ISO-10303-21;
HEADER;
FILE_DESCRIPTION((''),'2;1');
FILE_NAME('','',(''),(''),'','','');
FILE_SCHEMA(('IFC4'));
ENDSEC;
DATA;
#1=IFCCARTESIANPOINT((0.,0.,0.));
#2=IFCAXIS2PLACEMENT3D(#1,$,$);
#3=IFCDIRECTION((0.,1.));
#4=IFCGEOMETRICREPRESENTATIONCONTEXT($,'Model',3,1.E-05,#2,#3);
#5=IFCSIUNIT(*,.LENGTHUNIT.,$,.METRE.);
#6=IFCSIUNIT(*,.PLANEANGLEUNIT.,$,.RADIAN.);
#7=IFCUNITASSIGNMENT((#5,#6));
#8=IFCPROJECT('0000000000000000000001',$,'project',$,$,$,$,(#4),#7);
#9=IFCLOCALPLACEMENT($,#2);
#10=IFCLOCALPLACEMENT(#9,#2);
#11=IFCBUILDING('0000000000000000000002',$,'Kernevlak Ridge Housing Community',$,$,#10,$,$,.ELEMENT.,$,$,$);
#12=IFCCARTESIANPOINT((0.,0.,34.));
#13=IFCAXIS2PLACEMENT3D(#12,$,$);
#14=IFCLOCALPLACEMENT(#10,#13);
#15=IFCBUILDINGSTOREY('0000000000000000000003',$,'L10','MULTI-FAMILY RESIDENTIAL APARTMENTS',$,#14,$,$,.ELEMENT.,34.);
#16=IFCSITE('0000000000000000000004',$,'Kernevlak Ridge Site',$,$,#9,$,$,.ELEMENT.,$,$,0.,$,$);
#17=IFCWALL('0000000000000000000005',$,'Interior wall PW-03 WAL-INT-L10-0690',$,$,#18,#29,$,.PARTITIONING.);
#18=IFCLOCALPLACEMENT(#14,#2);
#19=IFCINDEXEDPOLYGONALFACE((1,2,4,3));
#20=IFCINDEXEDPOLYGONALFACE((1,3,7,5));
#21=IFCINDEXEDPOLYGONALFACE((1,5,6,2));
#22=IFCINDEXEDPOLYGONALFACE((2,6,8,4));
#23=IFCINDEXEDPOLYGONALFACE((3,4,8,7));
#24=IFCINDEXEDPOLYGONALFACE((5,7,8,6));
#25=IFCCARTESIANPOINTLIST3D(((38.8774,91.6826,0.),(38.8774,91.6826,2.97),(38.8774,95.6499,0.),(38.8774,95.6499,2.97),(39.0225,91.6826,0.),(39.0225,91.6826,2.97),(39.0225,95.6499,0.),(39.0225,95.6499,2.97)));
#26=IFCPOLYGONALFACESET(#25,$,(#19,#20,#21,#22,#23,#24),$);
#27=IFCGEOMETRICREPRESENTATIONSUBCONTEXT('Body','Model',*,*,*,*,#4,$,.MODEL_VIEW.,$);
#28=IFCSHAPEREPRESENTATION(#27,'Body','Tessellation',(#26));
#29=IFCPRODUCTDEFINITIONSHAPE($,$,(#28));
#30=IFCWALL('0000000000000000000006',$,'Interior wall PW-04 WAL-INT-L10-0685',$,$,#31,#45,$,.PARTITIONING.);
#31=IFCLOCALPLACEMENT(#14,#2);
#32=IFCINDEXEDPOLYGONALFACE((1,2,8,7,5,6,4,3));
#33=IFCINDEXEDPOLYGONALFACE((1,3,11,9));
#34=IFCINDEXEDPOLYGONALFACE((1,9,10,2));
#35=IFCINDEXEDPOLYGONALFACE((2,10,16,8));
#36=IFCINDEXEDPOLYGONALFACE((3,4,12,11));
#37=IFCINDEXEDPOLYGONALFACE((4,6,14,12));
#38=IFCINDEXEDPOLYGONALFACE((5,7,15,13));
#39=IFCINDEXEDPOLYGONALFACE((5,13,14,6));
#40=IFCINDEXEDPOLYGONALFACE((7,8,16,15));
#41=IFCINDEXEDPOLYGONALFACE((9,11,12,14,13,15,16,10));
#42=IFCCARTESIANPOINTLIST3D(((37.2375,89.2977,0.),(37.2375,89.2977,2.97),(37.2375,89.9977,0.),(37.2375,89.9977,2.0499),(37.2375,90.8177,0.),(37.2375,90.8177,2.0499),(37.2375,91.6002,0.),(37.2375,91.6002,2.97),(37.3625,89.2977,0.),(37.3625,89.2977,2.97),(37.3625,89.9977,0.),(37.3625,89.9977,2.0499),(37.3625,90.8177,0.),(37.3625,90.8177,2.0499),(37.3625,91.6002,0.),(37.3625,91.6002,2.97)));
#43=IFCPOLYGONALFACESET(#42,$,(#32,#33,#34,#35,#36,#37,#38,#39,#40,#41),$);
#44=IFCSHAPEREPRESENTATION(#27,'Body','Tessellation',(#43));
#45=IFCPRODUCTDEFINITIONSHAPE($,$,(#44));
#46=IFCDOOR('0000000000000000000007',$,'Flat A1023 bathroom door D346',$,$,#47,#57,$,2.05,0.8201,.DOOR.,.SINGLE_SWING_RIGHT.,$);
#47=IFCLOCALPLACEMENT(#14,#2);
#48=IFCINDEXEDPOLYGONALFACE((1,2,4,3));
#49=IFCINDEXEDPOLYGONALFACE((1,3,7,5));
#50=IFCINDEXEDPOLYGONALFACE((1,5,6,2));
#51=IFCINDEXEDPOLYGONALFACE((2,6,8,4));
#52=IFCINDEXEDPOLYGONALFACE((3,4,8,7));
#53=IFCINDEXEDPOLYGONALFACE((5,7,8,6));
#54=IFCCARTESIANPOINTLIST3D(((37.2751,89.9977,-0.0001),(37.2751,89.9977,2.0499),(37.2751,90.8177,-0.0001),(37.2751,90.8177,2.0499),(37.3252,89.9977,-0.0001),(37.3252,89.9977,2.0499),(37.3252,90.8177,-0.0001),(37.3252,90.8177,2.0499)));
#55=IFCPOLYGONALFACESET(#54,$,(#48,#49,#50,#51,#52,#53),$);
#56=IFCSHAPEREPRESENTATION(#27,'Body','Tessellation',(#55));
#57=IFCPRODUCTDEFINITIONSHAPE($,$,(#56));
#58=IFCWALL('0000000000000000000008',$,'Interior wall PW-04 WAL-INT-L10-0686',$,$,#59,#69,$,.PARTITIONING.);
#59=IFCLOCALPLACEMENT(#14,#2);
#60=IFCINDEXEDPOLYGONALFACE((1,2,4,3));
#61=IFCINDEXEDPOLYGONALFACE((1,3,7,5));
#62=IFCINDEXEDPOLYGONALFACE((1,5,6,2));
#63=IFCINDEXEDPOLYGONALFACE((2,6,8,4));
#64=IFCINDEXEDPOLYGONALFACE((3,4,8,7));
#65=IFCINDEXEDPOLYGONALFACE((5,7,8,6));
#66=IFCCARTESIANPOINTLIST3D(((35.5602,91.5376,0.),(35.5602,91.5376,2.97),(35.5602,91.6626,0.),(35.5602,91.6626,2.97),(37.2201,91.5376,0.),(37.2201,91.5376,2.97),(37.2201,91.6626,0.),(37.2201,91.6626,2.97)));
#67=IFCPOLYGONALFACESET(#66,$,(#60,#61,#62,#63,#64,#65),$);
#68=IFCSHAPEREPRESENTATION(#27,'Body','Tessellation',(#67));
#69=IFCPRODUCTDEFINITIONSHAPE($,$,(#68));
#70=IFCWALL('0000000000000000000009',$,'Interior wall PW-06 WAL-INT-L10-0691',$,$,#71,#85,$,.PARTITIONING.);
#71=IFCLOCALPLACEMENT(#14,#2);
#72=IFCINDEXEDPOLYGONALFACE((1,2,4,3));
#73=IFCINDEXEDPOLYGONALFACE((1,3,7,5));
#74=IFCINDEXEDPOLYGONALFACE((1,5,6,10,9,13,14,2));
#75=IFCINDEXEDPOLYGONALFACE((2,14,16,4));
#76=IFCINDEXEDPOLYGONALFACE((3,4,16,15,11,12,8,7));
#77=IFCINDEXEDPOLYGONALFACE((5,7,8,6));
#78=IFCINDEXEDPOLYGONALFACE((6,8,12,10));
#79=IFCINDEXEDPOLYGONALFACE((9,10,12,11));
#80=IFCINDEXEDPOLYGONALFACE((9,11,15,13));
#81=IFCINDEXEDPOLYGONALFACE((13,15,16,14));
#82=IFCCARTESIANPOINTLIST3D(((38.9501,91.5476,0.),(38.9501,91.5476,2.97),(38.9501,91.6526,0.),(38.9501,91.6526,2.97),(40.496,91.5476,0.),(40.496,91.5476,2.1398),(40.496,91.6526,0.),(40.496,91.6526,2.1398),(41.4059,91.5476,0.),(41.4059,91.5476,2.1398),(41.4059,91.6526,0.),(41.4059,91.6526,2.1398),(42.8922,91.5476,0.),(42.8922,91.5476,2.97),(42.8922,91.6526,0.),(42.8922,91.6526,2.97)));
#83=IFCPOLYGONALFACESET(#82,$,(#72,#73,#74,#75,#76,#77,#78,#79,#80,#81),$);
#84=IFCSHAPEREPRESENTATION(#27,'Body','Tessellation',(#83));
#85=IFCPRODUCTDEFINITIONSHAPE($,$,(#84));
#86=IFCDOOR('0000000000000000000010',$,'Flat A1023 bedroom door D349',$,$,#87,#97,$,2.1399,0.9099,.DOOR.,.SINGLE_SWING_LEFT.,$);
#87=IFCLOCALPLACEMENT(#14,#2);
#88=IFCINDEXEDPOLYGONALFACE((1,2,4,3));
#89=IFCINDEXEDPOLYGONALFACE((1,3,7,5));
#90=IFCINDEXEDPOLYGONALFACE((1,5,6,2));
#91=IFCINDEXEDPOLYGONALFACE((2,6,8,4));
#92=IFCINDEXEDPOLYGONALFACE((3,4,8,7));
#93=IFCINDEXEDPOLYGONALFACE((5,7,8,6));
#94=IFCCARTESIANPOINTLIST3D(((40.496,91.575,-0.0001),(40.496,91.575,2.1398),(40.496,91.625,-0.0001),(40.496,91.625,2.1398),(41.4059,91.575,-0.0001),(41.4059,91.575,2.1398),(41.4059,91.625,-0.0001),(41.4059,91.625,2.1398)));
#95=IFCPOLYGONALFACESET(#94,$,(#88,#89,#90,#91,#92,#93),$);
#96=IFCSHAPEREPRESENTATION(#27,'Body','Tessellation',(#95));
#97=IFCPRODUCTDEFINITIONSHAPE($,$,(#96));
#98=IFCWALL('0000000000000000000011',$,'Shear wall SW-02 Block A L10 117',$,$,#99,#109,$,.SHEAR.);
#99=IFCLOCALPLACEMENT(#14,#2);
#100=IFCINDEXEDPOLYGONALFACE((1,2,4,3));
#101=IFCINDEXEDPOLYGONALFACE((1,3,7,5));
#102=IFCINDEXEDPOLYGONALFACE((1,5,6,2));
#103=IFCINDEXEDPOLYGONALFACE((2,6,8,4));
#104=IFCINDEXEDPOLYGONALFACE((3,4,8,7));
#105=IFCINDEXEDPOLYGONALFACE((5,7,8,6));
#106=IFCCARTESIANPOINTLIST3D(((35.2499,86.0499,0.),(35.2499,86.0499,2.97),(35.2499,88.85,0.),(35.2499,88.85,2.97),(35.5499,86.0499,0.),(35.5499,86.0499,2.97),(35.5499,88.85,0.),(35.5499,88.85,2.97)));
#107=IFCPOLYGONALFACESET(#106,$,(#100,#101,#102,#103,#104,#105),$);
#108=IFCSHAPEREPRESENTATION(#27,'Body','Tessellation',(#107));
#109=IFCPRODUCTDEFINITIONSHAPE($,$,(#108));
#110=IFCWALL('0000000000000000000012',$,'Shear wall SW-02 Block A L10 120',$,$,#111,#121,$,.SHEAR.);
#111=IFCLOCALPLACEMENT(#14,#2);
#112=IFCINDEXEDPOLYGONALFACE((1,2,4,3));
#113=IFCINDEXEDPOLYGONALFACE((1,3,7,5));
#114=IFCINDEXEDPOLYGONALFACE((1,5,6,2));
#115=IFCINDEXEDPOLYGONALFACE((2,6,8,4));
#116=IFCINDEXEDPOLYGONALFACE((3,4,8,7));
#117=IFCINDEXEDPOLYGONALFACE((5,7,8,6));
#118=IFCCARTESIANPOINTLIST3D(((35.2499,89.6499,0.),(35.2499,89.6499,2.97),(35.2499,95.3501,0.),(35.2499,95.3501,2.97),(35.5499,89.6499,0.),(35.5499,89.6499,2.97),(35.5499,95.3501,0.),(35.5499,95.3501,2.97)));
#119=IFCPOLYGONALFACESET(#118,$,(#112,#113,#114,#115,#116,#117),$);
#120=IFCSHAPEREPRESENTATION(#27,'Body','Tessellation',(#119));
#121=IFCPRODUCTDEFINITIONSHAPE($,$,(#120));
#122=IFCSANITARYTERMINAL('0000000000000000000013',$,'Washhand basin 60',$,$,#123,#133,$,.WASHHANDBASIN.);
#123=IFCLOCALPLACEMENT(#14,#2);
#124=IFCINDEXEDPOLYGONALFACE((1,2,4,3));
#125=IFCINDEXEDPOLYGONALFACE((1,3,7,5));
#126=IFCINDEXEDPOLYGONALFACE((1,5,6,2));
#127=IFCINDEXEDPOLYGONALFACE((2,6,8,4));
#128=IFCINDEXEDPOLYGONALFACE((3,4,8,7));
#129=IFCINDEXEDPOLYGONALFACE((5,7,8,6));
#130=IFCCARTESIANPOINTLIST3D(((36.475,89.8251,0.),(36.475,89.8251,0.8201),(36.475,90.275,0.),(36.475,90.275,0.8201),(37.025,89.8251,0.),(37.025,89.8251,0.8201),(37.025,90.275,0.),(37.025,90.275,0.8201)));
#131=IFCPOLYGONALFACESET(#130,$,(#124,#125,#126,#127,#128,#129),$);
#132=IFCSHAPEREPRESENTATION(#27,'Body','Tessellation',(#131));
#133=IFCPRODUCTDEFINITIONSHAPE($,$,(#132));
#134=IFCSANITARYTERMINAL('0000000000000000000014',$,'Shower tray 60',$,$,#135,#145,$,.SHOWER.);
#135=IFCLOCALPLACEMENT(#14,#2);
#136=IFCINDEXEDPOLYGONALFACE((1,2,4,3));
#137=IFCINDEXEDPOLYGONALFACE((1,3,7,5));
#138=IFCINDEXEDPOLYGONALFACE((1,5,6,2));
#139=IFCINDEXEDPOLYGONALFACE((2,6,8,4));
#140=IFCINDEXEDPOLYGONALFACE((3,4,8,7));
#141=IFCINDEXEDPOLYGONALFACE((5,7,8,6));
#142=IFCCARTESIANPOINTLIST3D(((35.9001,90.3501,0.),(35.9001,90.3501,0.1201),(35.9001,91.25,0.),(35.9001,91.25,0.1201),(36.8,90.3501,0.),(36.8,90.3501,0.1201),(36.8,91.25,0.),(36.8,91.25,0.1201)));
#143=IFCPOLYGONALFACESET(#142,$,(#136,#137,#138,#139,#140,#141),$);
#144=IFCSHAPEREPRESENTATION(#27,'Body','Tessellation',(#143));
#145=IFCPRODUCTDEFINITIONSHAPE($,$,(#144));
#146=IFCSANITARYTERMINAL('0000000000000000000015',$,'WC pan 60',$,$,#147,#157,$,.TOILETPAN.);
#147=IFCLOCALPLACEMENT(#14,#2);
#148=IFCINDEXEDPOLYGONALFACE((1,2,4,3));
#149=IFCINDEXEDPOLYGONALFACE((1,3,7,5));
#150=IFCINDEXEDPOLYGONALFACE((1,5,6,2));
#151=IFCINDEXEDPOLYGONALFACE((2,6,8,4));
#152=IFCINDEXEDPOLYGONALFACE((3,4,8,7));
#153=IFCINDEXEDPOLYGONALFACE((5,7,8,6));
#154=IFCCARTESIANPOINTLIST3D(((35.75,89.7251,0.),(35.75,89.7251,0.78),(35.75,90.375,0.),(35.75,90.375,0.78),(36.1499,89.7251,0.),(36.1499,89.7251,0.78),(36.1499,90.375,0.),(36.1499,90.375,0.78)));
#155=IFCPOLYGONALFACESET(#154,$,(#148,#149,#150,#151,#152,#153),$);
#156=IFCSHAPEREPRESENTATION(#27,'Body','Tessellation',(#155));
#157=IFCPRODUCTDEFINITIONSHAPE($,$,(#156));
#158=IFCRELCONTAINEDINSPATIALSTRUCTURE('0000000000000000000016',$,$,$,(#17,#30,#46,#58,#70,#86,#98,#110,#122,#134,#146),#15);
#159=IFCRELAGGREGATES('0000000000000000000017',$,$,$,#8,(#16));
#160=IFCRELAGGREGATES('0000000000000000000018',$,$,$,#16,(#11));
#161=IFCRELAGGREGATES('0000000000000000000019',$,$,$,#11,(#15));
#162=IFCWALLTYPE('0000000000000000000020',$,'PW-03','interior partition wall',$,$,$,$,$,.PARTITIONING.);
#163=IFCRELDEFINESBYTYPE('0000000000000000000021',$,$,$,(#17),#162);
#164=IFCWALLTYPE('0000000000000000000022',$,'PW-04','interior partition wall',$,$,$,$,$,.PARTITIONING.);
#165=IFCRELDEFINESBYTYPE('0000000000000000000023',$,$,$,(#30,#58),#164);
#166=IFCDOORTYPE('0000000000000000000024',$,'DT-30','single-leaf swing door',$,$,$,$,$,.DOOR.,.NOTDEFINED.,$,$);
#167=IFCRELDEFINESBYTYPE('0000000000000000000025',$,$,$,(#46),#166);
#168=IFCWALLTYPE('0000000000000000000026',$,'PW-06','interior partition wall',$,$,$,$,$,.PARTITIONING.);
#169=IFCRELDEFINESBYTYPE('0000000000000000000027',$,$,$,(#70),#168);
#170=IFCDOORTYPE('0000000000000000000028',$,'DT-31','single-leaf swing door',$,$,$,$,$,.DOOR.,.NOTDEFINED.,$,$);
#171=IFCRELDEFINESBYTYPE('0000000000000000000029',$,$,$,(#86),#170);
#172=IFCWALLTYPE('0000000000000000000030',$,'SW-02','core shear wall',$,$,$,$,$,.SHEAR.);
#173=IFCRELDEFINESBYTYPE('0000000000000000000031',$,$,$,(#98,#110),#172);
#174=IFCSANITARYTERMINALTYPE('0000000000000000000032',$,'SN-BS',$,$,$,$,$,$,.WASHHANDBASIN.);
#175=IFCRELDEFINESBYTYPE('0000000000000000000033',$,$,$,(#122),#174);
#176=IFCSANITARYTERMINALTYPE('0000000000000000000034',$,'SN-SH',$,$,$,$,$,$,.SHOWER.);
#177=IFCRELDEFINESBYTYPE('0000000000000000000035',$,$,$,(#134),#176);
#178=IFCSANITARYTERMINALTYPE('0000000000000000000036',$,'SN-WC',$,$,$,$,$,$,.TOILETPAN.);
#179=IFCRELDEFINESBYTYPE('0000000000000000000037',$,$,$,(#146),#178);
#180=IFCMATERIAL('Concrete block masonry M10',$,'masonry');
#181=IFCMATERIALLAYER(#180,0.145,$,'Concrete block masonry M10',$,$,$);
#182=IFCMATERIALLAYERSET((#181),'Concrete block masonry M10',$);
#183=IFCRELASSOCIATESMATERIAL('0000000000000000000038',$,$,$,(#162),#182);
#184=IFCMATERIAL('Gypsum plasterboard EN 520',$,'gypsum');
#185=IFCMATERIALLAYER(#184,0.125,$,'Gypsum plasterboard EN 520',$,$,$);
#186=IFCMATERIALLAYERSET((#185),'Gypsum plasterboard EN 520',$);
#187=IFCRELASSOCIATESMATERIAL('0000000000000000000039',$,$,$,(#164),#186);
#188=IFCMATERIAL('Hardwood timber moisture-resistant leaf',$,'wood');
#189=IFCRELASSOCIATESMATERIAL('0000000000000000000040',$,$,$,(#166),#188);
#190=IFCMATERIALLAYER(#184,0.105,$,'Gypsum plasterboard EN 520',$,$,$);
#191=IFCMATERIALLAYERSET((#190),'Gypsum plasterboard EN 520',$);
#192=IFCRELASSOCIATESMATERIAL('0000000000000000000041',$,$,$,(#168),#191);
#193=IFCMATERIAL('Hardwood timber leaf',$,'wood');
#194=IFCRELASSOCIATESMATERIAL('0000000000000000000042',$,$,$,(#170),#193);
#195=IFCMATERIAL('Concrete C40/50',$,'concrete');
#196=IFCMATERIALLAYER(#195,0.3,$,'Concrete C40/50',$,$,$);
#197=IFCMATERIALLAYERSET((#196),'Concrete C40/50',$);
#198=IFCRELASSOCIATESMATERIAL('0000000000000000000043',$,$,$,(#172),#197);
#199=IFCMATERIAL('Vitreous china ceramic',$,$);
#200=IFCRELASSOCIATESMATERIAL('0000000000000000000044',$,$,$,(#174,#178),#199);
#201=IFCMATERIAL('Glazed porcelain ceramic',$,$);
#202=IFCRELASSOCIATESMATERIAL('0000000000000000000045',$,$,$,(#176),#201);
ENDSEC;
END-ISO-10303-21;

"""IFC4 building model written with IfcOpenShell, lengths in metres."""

from ifc_helpers import new_model, si_unit, direction, frame, frame_2d, origin, origin_2d, place, context, subcontext, project, spatial, rectangle, extrude, material, layer, layer_set, type_object, element, fill, save


model = new_model("IFC4")

# Units and contexts
model_context = context("Model", 3, precision=1e-05, world=origin(), true_north=direction((0.0, 1.0)))
body_context = subcontext(model_context, "Body", "Model", "MODEL_VIEW")
ifc_project = project(units=[si_unit("LENGTHUNIT", "METRE"), si_unit("PLANEANGLEUNIT", "RADIAN")], contexts=[model_context])

# Site, building, storey
site_placement = place(None, origin())
site = spatial("IfcSite", under=ifc_project, at=site_placement, Name="Kernevlak Ridge Site", CompositionType="ELEMENT", RefElevation=0.0)
building_placement = place(site_placement, origin())
building = spatial("IfcBuilding", under=site, at=building_placement, Name="Kernevlak Ridge Housing Community", CompositionType="ELEMENT")
storey_placement = place(building_placement, frame((0.0, 0.0, 34.0)))
storey = spatial("IfcBuildingStorey", under=building, at=storey_placement, Name="L10", Description="MULTI-FAMILY RESIDENTIAL APARTMENTS", CompositionType="ELEMENT", Elevation=34.0)

# Shared definitions
ifc_material_1 = material(Name="Concrete block masonry M10", Category="masonry")

# Shared definitions
ifc_layer_1 = layer(ifc_material_1, 0.145, Name="Concrete block masonry M10")
ifc_layer_set_1 = layer_set([ifc_layer_1], Name="Concrete block masonry M10")
wall_type_1 = type_object("IfcWallType", Name="PW-03", Description="interior partition wall", PredefinedType="PARTITIONING", material=ifc_layer_set_1)

# Shared definitions
ifc_material_2 = material(Name="Hardwood timber leaf", Category="wood")

# Wall
wall_1_placement = place(storey_placement, frame((38.95, 91.6826, 0.0), z_axis=(0.0, 0.0, 1.0), x_axis=(0.0, 1.0, 0.0)))
element("IfcWall", 1, at=wall_1_placement, inside=storey, type_object=wall_type_1, Name="Interior wall PW-03 WAL-INT-L10-0690", PredefinedType="PARTITIONING", context=body_context, shape_type="SweptSolid", body=[
    extrude(rectangle(XDim=3.9673, YDim=0.145, at=frame_2d((1.9836, 0.0))), origin(), (0.0, 0.0, 1.0), 2.97),
])

# Wall, opening, door
ifc_material_3 = material(Name="Gypsum plasterboard EN 520", Category="gypsum")
ifc_layer_2 = layer(ifc_material_3, 0.125, Name="Gypsum plasterboard EN 520")
ifc_layer_set_2 = layer_set([ifc_layer_2], Name="Gypsum plasterboard EN 520")
wall_type_2 = type_object("IfcWallType", Name="PW-04", Description="interior partition wall", PredefinedType="PARTITIONING", material=ifc_layer_set_2)
wall_2_placement = place(storey_placement, frame((37.3, 89.2976, 0.0), z_axis=(0.0, 0.0, 1.0), x_axis=(0.0, 1.0, 0.0)))
wall_2 = element("IfcWall", 2, at=wall_2_placement, inside=storey, type_object=wall_type_2, Name="Interior wall PW-04 WAL-INT-L10-0685", PredefinedType="PARTITIONING", context=body_context, shape_type="SweptSolid", body=[
    extrude(rectangle(XDim=2.3025, YDim=0.125, at=frame_2d((1.1514, 0.0))), origin(), (0.0, 0.0, 1.0), 2.97),
])
opening_1_placement = place(wall_2_placement, frame((0.7, 0.0, 0.0)))
opening_1 = element("IfcOpeningElement", 3, at=opening_1_placement, cuts=wall_2, PredefinedType="OPENING", context=body_context, shape_type="SweptSolid", body=[
    extrude(rectangle(XDim=0.8201, YDim=2.05, at=frame_2d((0.4102, 1.0249))), frame((0.0, 0.0725, 0.0), z_axis=(0.0, -1.0, 0.0), x_axis=(1.0, 0.0, 0.0)), (0.0, 0.0, 1.0), 0.145),
])
ifc_material_4 = material(Name="Hardwood timber moisture-resistant leaf", Category="wood")
door_type_1 = type_object("IfcDoorType", Name="DT-30", Description="single-leaf swing door", OperationType="NOTDEFINED", PredefinedType="DOOR", material=ifc_material_4)
door_1_placement = place(opening_1_placement, origin())
door_1 = element("IfcDoor", 4, at=door_1_placement, inside=storey, type_object=door_type_1, Name="Flat A1023 bathroom door D346", OperationType="SINGLE_SWING_RIGHT", OverallHeight=2.05, OverallWidth=0.8201, PredefinedType="DOOR", context=body_context, shape_type="SweptSolid", body=[
    extrude(rectangle(XDim=0.8201, YDim=2.05, at=frame_2d((0.4102, 1.0249))), frame((0.0, 0.0249, 0.0), z_axis=(0.0, -1.0, 0.0), x_axis=(1.0, 0.0, 0.0)), (0.0, 0.0, 1.0), 0.05),
])
fill(opening_1, door_1)

# Wall
wall_3_placement = place(storey_placement, frame((35.5601, 91.6001, 0.0), z_axis=(0.0, 0.0, 1.0), x_axis=(1.0, 0.0, 0.0)))
element("IfcWall", 5, at=wall_3_placement, inside=storey, type_object=wall_type_2, Name="Interior wall PW-04 WAL-INT-L10-0686", PredefinedType="PARTITIONING", context=body_context, shape_type="SweptSolid", body=[
    extrude(rectangle(XDim=1.6599, YDim=0.125, at=frame_2d((0.8301, 0.0))), origin(), (0.0, 0.0, 1.0), 2.97),
])

# Wall, opening, door
ifc_layer_3 = layer(ifc_material_3, 0.105, Name="Gypsum plasterboard EN 520")
ifc_layer_set_3 = layer_set([ifc_layer_3], Name="Gypsum plasterboard EN 520")
wall_type_3 = type_object("IfcWallType", Name="PW-06", Description="interior partition wall", PredefinedType="PARTITIONING", material=ifc_layer_set_3)
wall_4_placement = place(storey_placement, frame((38.95, 91.6001, 0.0), z_axis=(0.0, 0.0, 1.0), x_axis=(1.0, 0.0, 0.0)))
wall_4 = element("IfcWall", 6, at=wall_4_placement, inside=storey, type_object=wall_type_3, Name="Interior wall PW-06 WAL-INT-L10-0691", PredefinedType="PARTITIONING", context=body_context, shape_type="SweptSolid", body=[
    extrude(rectangle(XDim=3.9421, YDim=0.105, at=frame_2d((1.9712, 0.0))), origin(), (0.0, 0.0, 1.0), 2.97),
])
opening_2_placement = place(wall_4_placement, frame((1.5459, 0.0, 0.0)))
opening_2 = element("IfcOpeningElement", 7, at=opening_2_placement, cuts=wall_4, PredefinedType="OPENING", context=body_context, shape_type="SweptSolid", body=[
    extrude(rectangle(XDim=0.9099, YDim=2.1399, at=frame_2d((0.4551, 1.0698))), frame((0.0, 0.0625, 0.0), z_axis=(0.0, -1.0, 0.0), x_axis=(1.0, 0.0, 0.0)), (0.0, 0.0, 1.0), 0.125),
])
door_type_2 = type_object("IfcDoorType", Name="DT-31", Description="single-leaf swing door", OperationType="NOTDEFINED", PredefinedType="DOOR", material=ifc_material_2)
door_2_placement = place(opening_2_placement, origin())
door_2 = element("IfcDoor", 8, at=door_2_placement, inside=storey, type_object=door_type_2, Name="Flat A1023 bedroom door D349", OperationType="SINGLE_SWING_LEFT", OverallHeight=2.1399, OverallWidth=0.9099, PredefinedType="DOOR", context=body_context, shape_type="SweptSolid", body=[
    extrude(rectangle(XDim=0.9099, YDim=2.1399, at=frame_2d((0.4551, 1.0698))), frame((0.0, 0.0249, 0.0), z_axis=(0.0, -1.0, 0.0), x_axis=(1.0, 0.0, 0.0)), (0.0, 0.0, 1.0), 0.05),
])
fill(opening_2, door_2)

# Walls
ifc_material_5 = material(Name="Concrete C40/50", Category="concrete")
ifc_layer_4 = layer(ifc_material_5, 0.3, Name="Concrete C40/50")
ifc_layer_set_4 = layer_set([ifc_layer_4], Name="Concrete C40/50")
wall_type_4 = type_object("IfcWallType", Name="SW-02", Description="core shear wall", PredefinedType="SHEAR", material=ifc_layer_set_4)
wall_5_placement = place(storey_placement, frame((35.3999, 86.05, 0.0), z_axis=(0.0, 0.0, 1.0), x_axis=(0.0, 1.0, 0.0)))
element("IfcWall", 9, at=wall_5_placement, inside=storey, type_object=wall_type_4, Name="Shear wall SW-02 Block A L10 117", PredefinedType="SHEAR", context=body_context, shape_type="SweptSolid", body=[
    extrude(rectangle(XDim=2.8, YDim=0.3, at=frame_2d((1.3999, 0.0))), origin(), (0.0, 0.0, 1.0), 2.97),
])
wall_6_placement = place(storey_placement, frame((35.3999, 89.6499, 0.0), z_axis=(0.0, 0.0, 1.0), x_axis=(0.0, 1.0, 0.0)))
element("IfcWall", 10, at=wall_6_placement, inside=storey, type_object=wall_type_4, Name="Shear wall SW-02 Block A L10 120", PredefinedType="SHEAR", context=body_context, shape_type="SweptSolid", body=[
    extrude(rectangle(XDim=5.7002, YDim=0.3, at=frame_2d((2.8501, 0.0))), origin(), (0.0, 0.0, 1.0), 2.97),
])

# Sanitary terminals
ifc_material_6 = material(Name="Vitreous china ceramic")
sanitary_terminal_type_1 = type_object("IfcSanitaryTerminalType", Name="SN-BS", PredefinedType="WASHHANDBASIN", material=ifc_material_6)
sanitary_terminal_1_placement = place(storey_placement, frame((36.75, 90.05, 0.0), z_axis=(0.0, 0.0, 1.0), x_axis=(1.0, 0.0, 0.0)))
element("IfcSanitaryTerminal", 11, at=sanitary_terminal_1_placement, inside=storey, type_object=sanitary_terminal_type_1, Name="Washhand basin 60", PredefinedType="WASHHANDBASIN", context=body_context, shape_type="SweptSolid", body=[
    extrude(rectangle(XDim=0.55, YDim=0.45, at=origin_2d()), origin(), (0.0, 0.0, 1.0), 0.8201),
])
ifc_material_7 = material(Name="Glazed porcelain ceramic")
sanitary_terminal_type_2 = type_object("IfcSanitaryTerminalType", Name="SN-SH", PredefinedType="SHOWER", material=ifc_material_7)
sanitary_terminal_2_placement = place(storey_placement, frame((36.3501, 90.8, 0.0), z_axis=(0.0, 0.0, 1.0), x_axis=(1.0, 0.0, 0.0)))
element("IfcSanitaryTerminal", 12, at=sanitary_terminal_2_placement, inside=storey, type_object=sanitary_terminal_type_2, Name="Shower tray 60", PredefinedType="SHOWER", context=body_context, shape_type="SweptSolid", body=[
    extrude(rectangle(XDim=0.8999, YDim=0.8999, at=origin_2d()), origin(), (0.0, 0.0, 1.0), 0.1201),
])
sanitary_terminal_type_3 = type_object("IfcSanitaryTerminalType", Name="SN-WC", PredefinedType="TOILETPAN", material=ifc_material_6)
sanitary_terminal_3_placement = place(storey_placement, frame((35.95, 90.05, 0.0), z_axis=(0.0, 0.0, 1.0), x_axis=(1.0, 0.0, 0.0)))
element("IfcSanitaryTerminal", 13, at=sanitary_terminal_3_placement, inside=storey, type_object=sanitary_terminal_type_3, Name="WC pan 60", PredefinedType="TOILETPAN", context=body_context, shape_type="SweptSolid", body=[
    extrude(rectangle(XDim=0.3999, YDim=0.6499, at=origin_2d()), origin(), (0.0, 0.0, 1.0), 0.78),
])

save(model, "model.ifc")
